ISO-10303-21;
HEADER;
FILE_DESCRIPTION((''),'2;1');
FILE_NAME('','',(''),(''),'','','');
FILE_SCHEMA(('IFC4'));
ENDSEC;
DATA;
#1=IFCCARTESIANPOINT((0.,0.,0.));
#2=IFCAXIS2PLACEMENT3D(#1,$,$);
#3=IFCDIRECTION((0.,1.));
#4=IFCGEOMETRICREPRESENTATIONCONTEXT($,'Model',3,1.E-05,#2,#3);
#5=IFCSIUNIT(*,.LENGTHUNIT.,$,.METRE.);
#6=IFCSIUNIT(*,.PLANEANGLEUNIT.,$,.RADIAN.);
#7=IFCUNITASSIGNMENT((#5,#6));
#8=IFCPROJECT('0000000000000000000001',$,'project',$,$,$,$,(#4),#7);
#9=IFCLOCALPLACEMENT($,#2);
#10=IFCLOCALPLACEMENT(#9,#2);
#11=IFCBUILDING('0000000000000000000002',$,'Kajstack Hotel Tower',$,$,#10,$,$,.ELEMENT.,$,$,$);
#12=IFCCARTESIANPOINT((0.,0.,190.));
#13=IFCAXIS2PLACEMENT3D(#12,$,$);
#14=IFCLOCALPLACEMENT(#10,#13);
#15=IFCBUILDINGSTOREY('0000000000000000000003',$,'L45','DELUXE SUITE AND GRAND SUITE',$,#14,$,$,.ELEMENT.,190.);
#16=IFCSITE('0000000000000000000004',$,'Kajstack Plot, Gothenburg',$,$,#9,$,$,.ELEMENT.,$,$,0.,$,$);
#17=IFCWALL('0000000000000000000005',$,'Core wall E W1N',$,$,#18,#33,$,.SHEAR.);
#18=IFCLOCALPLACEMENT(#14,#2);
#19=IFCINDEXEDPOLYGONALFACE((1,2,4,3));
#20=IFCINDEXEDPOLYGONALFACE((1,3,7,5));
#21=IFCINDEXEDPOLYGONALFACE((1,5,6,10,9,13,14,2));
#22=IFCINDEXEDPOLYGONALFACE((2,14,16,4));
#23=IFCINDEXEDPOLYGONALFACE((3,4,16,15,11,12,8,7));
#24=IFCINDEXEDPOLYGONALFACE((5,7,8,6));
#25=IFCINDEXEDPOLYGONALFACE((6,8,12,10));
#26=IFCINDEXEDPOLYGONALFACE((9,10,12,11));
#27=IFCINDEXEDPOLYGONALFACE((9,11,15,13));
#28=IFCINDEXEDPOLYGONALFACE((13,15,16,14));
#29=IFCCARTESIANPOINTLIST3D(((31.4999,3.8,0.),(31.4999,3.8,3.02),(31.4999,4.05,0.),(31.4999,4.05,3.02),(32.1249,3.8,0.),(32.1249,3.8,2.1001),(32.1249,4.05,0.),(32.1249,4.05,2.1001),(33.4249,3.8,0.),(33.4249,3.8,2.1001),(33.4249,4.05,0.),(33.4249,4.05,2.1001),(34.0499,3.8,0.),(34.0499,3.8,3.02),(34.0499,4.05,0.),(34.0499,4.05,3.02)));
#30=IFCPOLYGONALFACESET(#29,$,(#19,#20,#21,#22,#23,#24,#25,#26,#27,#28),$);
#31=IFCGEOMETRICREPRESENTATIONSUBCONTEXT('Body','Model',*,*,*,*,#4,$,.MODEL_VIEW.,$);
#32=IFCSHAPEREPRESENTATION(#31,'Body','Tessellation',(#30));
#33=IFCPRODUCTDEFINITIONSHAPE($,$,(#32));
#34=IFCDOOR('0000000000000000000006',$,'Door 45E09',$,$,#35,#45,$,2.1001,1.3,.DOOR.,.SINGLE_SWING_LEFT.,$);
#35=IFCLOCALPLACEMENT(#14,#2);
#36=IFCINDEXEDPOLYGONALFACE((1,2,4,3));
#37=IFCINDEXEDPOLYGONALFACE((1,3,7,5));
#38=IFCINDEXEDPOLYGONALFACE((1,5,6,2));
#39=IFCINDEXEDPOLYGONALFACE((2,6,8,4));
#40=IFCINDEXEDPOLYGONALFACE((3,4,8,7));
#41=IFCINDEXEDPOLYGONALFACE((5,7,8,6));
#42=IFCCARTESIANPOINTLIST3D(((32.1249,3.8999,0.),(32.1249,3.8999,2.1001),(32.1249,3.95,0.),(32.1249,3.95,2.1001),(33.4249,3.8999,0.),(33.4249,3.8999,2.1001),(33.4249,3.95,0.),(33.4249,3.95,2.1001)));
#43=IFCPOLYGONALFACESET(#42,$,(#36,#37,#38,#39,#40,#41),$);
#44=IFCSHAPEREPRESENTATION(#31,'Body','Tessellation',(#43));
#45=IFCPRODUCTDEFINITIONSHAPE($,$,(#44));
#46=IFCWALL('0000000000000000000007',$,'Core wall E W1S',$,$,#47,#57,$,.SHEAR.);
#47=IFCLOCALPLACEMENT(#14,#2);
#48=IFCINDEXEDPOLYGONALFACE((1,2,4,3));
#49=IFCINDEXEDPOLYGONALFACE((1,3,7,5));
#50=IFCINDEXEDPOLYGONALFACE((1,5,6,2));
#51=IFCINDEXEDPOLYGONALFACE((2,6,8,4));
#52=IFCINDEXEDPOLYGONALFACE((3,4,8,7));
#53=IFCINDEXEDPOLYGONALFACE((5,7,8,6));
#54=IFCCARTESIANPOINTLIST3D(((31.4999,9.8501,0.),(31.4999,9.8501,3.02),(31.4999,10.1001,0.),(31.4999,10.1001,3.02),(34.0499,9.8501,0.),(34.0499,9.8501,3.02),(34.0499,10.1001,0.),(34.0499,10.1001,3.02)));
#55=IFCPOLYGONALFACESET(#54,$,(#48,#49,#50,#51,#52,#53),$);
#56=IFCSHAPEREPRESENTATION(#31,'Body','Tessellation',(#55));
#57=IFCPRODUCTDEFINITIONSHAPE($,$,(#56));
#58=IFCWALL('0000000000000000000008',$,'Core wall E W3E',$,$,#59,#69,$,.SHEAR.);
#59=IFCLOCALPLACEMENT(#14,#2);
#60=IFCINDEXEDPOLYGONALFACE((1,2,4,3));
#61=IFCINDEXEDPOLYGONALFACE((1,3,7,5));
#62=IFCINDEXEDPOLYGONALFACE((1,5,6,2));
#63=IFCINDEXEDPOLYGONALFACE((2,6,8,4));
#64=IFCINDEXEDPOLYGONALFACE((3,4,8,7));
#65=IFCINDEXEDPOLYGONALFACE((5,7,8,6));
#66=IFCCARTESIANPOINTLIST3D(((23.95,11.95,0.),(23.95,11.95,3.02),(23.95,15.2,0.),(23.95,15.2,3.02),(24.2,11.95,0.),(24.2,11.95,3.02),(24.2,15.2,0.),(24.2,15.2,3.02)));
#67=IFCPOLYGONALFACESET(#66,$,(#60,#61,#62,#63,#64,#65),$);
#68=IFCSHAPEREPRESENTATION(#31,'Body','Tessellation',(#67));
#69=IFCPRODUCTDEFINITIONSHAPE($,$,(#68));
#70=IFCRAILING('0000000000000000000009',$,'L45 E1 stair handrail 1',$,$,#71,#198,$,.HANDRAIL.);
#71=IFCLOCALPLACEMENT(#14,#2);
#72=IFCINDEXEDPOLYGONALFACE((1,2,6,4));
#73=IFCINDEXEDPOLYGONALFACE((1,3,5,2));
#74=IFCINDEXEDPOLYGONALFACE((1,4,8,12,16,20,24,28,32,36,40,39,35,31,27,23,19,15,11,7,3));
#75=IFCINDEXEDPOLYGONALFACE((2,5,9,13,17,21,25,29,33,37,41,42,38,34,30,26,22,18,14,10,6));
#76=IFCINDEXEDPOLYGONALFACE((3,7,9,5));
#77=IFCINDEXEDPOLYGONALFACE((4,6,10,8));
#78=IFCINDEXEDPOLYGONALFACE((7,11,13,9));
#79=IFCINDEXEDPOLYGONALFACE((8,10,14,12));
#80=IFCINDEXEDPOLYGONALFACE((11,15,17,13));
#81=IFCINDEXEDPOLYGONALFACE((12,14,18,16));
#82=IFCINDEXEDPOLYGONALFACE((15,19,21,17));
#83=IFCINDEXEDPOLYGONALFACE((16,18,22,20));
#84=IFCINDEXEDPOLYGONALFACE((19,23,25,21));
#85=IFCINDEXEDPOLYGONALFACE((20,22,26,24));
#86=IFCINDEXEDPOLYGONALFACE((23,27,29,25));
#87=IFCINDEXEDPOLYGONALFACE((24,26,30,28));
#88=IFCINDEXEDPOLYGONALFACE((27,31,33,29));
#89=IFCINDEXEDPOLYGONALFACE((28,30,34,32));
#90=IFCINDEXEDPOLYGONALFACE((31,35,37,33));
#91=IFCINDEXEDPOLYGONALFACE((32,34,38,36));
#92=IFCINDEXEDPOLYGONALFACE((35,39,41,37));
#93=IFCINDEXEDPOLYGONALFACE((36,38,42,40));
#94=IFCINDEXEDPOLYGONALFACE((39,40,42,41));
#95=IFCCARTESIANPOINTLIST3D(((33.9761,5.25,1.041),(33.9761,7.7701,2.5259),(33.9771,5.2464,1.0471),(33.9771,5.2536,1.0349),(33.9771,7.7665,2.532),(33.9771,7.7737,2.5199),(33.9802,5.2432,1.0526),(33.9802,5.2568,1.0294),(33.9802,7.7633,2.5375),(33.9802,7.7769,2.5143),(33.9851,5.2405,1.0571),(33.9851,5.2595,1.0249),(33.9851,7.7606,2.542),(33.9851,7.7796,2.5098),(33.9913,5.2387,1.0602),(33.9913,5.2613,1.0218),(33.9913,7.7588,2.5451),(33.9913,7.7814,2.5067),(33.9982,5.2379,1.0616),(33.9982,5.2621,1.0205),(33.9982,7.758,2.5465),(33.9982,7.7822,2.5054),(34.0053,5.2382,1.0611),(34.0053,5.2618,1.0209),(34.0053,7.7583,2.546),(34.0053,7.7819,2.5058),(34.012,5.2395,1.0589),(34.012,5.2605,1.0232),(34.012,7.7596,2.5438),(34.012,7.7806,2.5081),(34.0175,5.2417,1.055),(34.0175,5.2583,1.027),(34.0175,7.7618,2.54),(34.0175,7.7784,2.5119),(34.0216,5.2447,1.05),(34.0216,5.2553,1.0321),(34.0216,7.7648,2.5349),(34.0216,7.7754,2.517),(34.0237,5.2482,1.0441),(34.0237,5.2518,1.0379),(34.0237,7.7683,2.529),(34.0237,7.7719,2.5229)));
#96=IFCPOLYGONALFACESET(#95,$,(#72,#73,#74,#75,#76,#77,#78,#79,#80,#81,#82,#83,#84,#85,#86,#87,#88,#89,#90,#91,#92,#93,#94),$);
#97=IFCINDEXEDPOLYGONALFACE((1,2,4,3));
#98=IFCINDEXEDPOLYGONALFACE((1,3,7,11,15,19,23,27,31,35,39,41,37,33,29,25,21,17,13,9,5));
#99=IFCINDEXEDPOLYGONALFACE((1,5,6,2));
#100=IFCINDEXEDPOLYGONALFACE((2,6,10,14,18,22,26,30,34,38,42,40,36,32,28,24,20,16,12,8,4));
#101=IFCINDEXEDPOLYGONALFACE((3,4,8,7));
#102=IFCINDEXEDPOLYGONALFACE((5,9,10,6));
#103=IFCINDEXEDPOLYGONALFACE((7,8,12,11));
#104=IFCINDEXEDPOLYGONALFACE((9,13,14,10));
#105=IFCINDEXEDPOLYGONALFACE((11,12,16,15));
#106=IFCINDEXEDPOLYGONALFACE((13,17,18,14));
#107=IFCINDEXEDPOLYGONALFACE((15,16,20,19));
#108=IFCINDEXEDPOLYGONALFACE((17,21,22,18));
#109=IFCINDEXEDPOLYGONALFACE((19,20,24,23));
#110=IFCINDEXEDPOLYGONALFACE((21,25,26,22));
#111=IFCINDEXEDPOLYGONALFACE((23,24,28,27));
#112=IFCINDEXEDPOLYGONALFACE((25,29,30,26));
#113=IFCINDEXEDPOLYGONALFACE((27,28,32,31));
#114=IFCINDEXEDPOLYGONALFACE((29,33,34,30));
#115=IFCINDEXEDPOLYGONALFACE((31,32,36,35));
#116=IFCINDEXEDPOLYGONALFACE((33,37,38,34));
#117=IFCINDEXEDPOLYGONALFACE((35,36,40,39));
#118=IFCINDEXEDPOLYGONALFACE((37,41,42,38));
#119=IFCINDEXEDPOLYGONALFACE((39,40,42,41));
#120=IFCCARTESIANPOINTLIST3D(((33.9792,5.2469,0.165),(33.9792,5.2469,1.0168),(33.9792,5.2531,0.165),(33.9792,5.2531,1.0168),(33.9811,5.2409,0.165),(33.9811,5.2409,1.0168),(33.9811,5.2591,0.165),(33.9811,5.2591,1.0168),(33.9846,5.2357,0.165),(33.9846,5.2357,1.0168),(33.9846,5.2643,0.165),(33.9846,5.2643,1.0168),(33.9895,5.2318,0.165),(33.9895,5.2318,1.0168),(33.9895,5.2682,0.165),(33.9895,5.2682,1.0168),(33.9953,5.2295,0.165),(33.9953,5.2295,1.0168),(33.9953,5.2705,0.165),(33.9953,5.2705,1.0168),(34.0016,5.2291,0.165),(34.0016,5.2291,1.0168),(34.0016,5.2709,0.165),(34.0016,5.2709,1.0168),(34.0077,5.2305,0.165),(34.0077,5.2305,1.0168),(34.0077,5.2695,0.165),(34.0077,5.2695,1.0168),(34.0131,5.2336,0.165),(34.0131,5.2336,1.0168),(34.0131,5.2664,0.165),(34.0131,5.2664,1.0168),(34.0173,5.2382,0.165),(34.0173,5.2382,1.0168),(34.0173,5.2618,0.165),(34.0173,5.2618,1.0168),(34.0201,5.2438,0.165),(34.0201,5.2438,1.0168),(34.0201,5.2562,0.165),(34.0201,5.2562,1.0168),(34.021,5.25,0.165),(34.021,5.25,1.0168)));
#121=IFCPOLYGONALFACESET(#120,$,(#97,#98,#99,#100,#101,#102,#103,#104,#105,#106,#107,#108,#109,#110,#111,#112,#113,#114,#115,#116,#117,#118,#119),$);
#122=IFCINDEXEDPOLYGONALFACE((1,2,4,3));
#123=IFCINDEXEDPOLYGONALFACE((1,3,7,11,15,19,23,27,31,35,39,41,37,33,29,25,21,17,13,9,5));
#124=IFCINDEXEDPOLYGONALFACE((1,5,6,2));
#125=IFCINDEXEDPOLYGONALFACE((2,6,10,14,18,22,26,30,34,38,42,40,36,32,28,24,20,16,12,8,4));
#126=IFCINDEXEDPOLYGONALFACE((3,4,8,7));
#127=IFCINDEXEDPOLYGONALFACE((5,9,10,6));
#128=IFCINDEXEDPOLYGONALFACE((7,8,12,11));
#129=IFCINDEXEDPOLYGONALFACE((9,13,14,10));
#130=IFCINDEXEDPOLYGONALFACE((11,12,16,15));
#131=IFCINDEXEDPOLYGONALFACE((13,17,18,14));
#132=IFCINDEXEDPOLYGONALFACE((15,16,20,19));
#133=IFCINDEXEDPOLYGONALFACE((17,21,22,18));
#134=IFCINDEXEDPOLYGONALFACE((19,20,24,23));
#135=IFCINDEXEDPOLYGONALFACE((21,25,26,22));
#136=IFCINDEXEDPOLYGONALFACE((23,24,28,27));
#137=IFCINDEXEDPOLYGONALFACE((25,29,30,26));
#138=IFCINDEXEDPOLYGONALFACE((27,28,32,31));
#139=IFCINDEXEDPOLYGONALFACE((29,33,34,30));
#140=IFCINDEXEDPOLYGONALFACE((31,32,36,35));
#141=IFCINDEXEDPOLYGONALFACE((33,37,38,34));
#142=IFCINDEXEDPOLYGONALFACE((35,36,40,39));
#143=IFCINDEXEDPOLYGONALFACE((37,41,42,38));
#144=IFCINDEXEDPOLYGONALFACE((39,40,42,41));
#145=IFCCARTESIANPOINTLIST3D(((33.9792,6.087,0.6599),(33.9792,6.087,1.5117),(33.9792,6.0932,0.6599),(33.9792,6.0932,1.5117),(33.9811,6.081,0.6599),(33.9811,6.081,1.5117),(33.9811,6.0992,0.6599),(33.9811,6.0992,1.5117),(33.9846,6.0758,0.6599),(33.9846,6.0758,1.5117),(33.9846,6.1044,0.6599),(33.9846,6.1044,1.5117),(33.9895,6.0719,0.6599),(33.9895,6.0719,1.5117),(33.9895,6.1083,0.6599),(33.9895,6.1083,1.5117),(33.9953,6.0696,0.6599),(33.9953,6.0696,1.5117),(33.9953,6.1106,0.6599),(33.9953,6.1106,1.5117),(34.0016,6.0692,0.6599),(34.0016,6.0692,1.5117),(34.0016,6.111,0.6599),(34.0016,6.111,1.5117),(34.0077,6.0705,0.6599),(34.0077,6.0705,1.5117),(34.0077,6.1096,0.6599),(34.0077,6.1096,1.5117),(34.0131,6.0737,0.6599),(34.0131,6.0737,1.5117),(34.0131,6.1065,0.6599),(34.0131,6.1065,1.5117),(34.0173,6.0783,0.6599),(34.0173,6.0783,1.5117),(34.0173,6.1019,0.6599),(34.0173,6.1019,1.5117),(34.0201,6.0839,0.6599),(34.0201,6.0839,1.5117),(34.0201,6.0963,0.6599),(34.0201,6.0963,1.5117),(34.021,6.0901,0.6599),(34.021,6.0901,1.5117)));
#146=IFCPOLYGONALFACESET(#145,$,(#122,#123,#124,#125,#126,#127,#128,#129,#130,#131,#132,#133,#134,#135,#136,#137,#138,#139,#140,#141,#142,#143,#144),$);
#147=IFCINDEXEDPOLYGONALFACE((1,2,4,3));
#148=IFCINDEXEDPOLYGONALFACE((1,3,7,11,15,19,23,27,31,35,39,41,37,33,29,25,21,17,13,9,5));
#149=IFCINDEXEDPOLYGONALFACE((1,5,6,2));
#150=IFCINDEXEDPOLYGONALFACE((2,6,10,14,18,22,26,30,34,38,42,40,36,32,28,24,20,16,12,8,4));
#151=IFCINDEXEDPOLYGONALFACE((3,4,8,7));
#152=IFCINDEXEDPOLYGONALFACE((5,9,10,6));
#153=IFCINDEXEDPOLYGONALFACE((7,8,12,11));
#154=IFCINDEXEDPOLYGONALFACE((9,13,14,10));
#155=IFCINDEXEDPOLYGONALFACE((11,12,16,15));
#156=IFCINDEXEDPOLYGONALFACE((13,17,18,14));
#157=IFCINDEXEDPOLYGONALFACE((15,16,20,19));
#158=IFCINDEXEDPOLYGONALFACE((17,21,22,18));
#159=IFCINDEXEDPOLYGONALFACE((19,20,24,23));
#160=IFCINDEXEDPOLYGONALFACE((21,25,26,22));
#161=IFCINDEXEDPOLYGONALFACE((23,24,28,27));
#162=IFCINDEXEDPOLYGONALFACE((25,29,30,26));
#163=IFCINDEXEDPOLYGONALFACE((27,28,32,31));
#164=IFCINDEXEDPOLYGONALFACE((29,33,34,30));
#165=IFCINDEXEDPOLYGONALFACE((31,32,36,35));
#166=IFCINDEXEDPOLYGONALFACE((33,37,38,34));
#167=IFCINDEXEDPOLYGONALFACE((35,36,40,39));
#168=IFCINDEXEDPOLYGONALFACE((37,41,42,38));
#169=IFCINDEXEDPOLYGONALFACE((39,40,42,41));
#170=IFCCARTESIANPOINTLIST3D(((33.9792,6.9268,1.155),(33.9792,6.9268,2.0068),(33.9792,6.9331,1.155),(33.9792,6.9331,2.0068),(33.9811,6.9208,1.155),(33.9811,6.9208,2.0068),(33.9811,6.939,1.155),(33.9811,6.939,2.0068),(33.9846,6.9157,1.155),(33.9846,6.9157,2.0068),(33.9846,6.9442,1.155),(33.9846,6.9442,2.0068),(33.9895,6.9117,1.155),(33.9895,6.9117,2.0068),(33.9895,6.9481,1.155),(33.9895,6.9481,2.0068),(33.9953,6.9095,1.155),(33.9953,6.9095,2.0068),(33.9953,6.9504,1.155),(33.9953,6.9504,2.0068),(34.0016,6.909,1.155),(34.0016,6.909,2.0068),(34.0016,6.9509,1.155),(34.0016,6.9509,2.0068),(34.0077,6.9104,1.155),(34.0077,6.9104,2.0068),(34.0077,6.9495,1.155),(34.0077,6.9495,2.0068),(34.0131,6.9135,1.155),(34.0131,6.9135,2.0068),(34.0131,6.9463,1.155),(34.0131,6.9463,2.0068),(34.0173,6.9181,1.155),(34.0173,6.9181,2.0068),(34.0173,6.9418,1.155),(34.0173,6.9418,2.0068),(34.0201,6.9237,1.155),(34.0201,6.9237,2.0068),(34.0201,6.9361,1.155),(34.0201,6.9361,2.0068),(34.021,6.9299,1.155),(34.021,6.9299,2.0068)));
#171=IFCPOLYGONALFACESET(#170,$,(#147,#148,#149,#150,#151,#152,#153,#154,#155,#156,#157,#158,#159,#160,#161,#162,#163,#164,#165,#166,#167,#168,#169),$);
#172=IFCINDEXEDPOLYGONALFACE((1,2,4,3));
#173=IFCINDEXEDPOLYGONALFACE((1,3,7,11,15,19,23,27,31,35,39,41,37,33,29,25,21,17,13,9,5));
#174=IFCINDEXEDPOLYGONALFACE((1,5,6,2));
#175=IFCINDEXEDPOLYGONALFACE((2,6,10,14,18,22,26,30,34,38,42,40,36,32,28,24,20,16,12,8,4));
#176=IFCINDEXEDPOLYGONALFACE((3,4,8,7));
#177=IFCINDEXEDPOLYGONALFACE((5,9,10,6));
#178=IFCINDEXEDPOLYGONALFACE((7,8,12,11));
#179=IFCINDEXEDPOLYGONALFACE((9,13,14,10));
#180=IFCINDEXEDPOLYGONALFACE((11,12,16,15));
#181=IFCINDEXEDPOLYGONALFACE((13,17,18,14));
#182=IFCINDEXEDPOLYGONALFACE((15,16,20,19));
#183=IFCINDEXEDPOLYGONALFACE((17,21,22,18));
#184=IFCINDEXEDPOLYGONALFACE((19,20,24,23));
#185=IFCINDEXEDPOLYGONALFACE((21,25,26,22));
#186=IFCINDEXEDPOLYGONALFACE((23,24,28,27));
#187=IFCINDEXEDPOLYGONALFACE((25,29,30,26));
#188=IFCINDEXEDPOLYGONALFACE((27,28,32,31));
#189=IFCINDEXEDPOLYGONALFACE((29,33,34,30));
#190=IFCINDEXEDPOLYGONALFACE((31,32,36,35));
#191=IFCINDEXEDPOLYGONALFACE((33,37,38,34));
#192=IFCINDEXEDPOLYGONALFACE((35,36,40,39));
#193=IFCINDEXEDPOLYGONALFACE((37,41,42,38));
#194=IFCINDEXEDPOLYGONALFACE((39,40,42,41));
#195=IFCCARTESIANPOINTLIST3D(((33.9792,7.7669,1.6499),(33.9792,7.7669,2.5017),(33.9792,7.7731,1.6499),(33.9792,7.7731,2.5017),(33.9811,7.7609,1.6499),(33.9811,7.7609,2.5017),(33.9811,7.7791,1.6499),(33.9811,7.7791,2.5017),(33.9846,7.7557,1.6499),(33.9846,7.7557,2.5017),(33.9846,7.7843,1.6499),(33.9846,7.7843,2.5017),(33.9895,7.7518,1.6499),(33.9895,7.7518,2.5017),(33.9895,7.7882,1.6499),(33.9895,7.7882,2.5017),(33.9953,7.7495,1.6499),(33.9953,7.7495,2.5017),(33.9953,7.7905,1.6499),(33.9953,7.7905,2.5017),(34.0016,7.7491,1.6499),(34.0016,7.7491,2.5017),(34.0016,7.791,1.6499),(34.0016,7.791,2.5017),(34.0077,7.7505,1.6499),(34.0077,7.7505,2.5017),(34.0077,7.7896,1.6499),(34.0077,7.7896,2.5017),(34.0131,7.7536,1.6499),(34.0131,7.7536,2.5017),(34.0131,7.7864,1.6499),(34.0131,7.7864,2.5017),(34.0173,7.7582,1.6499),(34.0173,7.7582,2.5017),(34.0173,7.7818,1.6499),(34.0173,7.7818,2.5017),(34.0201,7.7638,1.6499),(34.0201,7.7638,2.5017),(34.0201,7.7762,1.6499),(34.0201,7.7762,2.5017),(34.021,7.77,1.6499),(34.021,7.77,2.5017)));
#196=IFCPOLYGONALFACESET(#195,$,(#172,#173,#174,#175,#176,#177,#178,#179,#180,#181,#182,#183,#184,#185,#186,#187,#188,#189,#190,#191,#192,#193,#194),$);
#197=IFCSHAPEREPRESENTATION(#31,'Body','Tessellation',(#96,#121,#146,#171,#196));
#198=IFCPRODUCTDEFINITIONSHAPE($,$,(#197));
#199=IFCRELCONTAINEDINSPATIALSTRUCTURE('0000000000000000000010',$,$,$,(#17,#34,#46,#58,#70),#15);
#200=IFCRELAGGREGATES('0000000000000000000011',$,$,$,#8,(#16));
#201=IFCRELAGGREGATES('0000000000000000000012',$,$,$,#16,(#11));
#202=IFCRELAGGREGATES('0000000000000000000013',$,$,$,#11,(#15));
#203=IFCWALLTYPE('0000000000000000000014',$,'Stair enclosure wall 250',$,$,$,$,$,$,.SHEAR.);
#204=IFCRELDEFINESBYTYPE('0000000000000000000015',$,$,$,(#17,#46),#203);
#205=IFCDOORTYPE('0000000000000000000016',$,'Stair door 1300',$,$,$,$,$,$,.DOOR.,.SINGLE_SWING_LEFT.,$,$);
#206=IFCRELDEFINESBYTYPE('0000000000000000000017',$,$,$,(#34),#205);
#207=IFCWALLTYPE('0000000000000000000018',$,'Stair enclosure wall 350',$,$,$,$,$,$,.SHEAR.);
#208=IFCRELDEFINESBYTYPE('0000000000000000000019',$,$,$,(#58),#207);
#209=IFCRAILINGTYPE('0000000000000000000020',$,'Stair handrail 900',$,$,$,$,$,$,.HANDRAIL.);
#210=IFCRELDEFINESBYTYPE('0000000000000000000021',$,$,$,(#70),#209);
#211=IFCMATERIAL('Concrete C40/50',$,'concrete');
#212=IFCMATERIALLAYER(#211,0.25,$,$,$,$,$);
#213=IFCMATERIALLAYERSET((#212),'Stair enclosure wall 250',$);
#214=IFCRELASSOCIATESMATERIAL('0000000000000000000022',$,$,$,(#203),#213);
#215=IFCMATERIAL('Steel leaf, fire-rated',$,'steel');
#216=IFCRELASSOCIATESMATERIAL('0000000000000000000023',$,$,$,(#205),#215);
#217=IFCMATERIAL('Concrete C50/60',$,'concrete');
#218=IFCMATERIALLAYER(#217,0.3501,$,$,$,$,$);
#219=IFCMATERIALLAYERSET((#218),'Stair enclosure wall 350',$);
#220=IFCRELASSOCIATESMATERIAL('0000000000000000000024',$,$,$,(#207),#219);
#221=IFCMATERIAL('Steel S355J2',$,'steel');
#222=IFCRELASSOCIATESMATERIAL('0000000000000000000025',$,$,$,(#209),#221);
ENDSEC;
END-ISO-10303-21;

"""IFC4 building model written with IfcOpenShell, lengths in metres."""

from ifc_helpers import new_model, si_unit, direction, frame, frame_2d, origin, origin_2d, place, context, subcontext, project, spatial, rectangle, circle, extrude, material, layer, layer_set, type_object, element, fill, save


model = new_model("IFC4")

# Units and contexts
model_context = context("Model", 3, precision=1e-05, world=origin(), true_north=direction((0.0, 1.0)))
body_context = subcontext(model_context, "Body", "Model", "MODEL_VIEW")
ifc_project = project(units=[si_unit("LENGTHUNIT", "METRE"), si_unit("PLANEANGLEUNIT", "RADIAN")], contexts=[model_context])

# Site, building, storey
site_placement = place(None, origin())
site = spatial("IfcSite", under=ifc_project, at=site_placement, Name="Kajstack Plot, Gothenburg", CompositionType="ELEMENT", RefElevation=0.0)
building_placement = place(site_placement, origin())
building = spatial("IfcBuilding", under=site, at=building_placement, Name="Kajstack Hotel Tower", CompositionType="ELEMENT")
storey_placement = place(building_placement, frame((0.0, 0.0, 190.0)))
storey = spatial("IfcBuildingStorey", under=building, at=storey_placement, Name="L45", Description="DELUXE SUITE AND GRAND SUITE", CompositionType="ELEMENT", Elevation=190.0)

# Shared definitions
ifc_material_1 = material(Name="Concrete C40/50", Category="concrete")
ifc_material_2 = material(Name="Concrete C50/60", Category="concrete")

# Wall, opening, door
ifc_layer_1 = layer(ifc_material_1, 0.25)
ifc_layer_set_1 = layer_set([ifc_layer_1], Name="Stair enclosure wall 250")
wall_type_1 = type_object("IfcWallType", Name="Stair enclosure wall 250", PredefinedType="SHEAR", material=ifc_layer_set_1)
wall_1_placement = place(storey_placement, frame((31.5, 3.925, 0.0), z_axis=(0.0, 0.0, 1.0), x_axis=(1.0, 0.0, 0.0)))
wall_1 = element("IfcWall", 1, at=wall_1_placement, inside=storey, type_object=wall_type_1, Name="Core wall E W1N", PredefinedType="SHEAR", context=body_context, shape_type="SweptSolid", body=[
    extrude(rectangle(XDim=2.55, YDim=0.25, at=frame_2d((1.2749, 0.0))), origin(), (0.0, 0.0, 1.0), 3.02),
])
opening_1_placement = place(wall_1_placement, frame((0.625, 0.0, 0.0)))
opening_1 = element("IfcOpeningElement", 2, at=opening_1_placement, cuts=wall_1, PredefinedType="OPENING", context=body_context, shape_type="SweptSolid", body=[
    extrude(rectangle(XDim=1.3, YDim=2.1001, at=frame_2d((0.6499, 1.05))), frame((0.0, 0.135, 0.0), z_axis=(0.0, -1.0, 0.0), x_axis=(1.0, 0.0, 0.0)), (0.0, 0.0, 1.0), 0.27),
])
ifc_material_3 = material(Name="Steel leaf, fire-rated", Category="steel")
door_type_1 = type_object("IfcDoorType", Name="Stair door 1300", OperationType="SINGLE_SWING_LEFT", PredefinedType="DOOR", material=ifc_material_3)
door_1_placement = place(opening_1_placement, origin())
door_1 = element("IfcDoor", 3, at=door_1_placement, inside=storey, type_object=door_type_1, Name="Door 45E09", OperationType="SINGLE_SWING_LEFT", OverallHeight=2.1001, OverallWidth=1.3, PredefinedType="DOOR", context=body_context, shape_type="SweptSolid", body=[
    extrude(rectangle(XDim=1.3, YDim=2.1001, at=frame_2d((0.6499, 1.05))), frame((0.0, 0.0249, 0.0), z_axis=(0.0, -1.0, 0.0), x_axis=(1.0, 0.0, 0.0)), (0.0, 0.0, 1.0), 0.05),
])
fill(opening_1, door_1)

# Walls
wall_2_placement = place(storey_placement, frame((31.5, 9.9751, 0.0), z_axis=(0.0, 0.0, 1.0), x_axis=(1.0, 0.0, 0.0)))
element("IfcWall", 4, at=wall_2_placement, inside=storey, type_object=wall_type_1, Name="Core wall E W1S", PredefinedType="SHEAR", context=body_context, shape_type="SweptSolid", body=[
    extrude(rectangle(XDim=2.55, YDim=0.25, at=frame_2d((1.2749, 0.0))), origin(), (0.0, 0.0, 1.0), 3.02),
])
ifc_layer_2 = layer(ifc_material_2, 0.3501)
ifc_layer_set_2 = layer_set([ifc_layer_2], Name="Stair enclosure wall 350")
wall_type_2 = type_object("IfcWallType", Name="Stair enclosure wall 350", PredefinedType="SHEAR", material=ifc_layer_set_2)
wall_3_placement = place(storey_placement, frame((24.075, 11.95, 0.0), z_axis=(0.0, 0.0, 1.0), x_axis=(0.0, 1.0, 0.0)))
element("IfcWall", 5, at=wall_3_placement, inside=storey, type_object=wall_type_2, Name="Core wall E W3E", PredefinedType="SHEAR", context=body_context, shape_type="SweptSolid", body=[
    extrude(rectangle(XDim=3.25, YDim=0.25, at=frame_2d((1.625, 0.0))), origin(), (0.0, 0.0, 1.0), 3.02),
])

# Railing
ifc_material_4 = material(Name="Steel S355J2", Category="steel")
railing_type_1 = type_object("IfcRailingType", Name="Stair handrail 900", PredefinedType="HANDRAIL", material=ifc_material_4)
railing_1_placement = place(storey_placement, frame((34.0, 5.25, 0.165)))
element("IfcRailing", 6, at=railing_1_placement, inside=storey, type_object=railing_type_1, Name="L45 E1 stair handrail 1", PredefinedType="HANDRAIL", context=body_context, shape_type="SweptSolid", body=[
    extrude(circle(Radius=0.0239, at=origin_2d()), frame((0.0, 0.0, 0.876), z_axis=(0.0, 0.861561, 0.507655), x_axis=(-1.0, 0.0, 0.0)), (0.0, 0.0, 1.0), 2.925),
    extrude(circle(Radius=0.021, at=origin_2d()), origin(), (0.0, 0.0, 1.0), 0.8518),
    extrude(circle(Radius=0.021, at=origin_2d()), frame((0.0, 0.8401, 0.4949)), (0.0, 0.0, 1.0), 0.8518),
    extrude(circle(Radius=0.021, at=origin_2d()), frame((0.0, 1.6799, 0.99)), (0.0, 0.0, 1.0), 0.8518),
    extrude(circle(Radius=0.021, at=origin_2d()), frame((0.0, 2.52, 1.4849)), (0.0, 0.0, 1.0), 0.8518),
])

save(model, "model.ifc")
